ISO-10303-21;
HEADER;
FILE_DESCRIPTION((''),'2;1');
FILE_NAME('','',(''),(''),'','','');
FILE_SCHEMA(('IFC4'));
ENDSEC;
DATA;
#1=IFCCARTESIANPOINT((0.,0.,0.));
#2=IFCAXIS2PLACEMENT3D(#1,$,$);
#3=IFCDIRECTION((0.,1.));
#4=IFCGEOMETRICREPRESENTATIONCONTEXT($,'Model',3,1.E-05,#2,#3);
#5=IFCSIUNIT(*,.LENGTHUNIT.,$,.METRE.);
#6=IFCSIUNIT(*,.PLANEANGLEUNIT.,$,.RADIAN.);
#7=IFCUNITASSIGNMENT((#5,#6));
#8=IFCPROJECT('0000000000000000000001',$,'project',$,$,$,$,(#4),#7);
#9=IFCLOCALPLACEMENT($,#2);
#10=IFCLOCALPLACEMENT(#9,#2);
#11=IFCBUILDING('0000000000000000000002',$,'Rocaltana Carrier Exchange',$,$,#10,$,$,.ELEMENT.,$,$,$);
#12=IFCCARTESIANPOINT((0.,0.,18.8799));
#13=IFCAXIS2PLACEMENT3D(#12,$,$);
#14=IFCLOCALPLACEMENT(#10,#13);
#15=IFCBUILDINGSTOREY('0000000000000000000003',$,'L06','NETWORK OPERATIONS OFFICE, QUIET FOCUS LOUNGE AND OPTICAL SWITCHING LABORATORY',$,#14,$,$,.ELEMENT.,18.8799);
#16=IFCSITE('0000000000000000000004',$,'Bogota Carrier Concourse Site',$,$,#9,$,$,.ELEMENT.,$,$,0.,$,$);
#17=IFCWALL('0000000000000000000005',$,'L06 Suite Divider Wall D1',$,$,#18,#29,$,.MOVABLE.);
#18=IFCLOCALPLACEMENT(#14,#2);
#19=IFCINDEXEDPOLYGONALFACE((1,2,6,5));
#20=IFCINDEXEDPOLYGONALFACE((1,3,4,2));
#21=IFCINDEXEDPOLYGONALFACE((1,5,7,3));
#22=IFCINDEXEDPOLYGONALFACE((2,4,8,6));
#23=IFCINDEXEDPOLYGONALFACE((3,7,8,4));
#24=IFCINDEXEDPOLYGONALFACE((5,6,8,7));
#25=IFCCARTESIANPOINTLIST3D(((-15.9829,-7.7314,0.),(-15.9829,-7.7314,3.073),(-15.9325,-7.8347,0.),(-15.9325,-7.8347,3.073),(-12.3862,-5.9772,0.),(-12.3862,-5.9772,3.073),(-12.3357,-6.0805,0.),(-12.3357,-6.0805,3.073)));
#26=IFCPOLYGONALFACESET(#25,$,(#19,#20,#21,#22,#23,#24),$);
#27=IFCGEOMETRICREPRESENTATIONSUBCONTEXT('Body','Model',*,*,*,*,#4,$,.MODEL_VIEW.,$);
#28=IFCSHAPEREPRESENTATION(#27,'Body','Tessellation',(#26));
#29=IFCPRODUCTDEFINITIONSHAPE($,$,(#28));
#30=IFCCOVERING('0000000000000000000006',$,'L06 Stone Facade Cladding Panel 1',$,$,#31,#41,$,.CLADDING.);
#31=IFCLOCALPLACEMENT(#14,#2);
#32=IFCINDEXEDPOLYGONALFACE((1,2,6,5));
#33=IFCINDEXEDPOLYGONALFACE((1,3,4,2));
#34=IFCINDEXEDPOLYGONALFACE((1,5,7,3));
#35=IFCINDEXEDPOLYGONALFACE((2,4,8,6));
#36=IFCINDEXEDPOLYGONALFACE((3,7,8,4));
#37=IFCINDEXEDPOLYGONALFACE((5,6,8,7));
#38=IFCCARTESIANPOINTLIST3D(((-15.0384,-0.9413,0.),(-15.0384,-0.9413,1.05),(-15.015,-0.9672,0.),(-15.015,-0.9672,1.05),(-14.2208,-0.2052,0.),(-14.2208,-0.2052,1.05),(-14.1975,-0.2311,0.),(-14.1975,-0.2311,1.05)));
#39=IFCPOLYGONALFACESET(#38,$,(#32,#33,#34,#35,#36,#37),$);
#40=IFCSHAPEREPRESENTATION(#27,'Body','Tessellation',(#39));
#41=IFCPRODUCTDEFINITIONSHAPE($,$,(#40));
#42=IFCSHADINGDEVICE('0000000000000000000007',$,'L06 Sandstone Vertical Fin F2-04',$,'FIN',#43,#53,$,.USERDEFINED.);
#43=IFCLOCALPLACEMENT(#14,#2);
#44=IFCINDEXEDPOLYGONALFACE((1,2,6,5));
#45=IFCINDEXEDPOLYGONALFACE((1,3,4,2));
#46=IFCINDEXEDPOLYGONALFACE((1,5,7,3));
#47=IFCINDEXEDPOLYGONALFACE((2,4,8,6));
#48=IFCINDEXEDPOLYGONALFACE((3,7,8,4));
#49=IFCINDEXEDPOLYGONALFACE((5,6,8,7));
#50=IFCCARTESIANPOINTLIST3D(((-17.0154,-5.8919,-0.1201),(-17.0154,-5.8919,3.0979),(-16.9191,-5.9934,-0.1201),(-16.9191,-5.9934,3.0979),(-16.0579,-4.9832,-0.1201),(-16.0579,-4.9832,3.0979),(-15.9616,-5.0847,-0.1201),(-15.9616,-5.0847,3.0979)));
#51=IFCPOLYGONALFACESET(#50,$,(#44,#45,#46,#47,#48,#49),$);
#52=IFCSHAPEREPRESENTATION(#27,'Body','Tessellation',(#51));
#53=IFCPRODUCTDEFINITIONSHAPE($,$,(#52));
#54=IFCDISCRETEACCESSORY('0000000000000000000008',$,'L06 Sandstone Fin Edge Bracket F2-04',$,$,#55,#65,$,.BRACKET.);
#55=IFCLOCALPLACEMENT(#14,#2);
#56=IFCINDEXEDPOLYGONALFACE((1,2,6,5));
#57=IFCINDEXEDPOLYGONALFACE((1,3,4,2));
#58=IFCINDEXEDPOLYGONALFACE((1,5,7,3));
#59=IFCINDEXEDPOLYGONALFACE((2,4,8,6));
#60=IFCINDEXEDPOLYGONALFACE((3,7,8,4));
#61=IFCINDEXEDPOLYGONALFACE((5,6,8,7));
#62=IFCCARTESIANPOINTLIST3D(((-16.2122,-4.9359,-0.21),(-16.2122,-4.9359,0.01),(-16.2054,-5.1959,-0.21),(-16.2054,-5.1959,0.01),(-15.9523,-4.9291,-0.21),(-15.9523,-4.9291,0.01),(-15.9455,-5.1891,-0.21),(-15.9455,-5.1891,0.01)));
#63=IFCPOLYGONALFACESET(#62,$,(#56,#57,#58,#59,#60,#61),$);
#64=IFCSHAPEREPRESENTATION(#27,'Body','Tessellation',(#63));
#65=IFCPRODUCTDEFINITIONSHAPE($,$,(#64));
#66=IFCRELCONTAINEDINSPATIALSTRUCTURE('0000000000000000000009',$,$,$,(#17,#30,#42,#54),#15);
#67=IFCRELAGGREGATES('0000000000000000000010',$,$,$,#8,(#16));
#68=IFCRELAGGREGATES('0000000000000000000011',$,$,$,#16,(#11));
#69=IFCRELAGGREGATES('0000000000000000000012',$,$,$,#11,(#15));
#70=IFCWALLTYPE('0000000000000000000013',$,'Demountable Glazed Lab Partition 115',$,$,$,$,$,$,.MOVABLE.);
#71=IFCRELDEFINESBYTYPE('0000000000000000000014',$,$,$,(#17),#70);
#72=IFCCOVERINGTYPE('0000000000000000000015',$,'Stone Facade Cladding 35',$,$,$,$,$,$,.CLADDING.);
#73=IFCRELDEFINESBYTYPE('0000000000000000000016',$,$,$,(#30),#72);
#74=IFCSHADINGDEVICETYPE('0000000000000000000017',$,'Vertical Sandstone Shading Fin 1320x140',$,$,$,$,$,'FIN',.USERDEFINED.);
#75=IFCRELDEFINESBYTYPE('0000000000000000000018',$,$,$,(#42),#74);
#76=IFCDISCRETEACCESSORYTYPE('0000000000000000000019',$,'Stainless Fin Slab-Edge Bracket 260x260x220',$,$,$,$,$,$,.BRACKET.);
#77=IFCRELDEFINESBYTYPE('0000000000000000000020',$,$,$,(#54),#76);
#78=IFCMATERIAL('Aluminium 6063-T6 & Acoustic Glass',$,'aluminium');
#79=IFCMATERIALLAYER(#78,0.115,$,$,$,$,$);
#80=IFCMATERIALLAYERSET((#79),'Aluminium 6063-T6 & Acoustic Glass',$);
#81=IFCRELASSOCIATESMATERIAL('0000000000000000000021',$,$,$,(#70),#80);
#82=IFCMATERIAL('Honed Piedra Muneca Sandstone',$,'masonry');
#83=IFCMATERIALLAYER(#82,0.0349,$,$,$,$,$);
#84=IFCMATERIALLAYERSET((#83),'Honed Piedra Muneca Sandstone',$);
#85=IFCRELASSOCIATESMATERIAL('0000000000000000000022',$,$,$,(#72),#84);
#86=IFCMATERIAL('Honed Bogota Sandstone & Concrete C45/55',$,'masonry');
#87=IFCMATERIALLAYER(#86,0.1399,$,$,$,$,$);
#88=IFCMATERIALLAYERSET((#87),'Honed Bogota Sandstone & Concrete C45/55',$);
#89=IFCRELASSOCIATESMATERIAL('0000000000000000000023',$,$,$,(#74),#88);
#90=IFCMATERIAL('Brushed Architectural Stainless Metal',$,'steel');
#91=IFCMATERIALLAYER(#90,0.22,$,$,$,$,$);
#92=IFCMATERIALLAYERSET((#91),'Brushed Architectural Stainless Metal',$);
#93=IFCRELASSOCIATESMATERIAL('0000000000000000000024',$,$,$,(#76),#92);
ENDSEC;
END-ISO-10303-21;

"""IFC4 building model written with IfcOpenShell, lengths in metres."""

from ifc_helpers import new_model, si_unit, direction, frame, frame_2d, origin, origin_2d, place, context, subcontext, project, spatial, rectangle, extrude, material, layer, layer_set, type_object, element, save


model = new_model("IFC4")

# Units and contexts
model_context = context("Model", 3, precision=1e-05, world=origin(), true_north=direction((0.0, 1.0)))
body_context = subcontext(model_context, "Body", "Model", "MODEL_VIEW")
ifc_project = project(units=[si_unit("LENGTHUNIT", "METRE"), si_unit("PLANEANGLEUNIT", "RADIAN")], contexts=[model_context])

# Site, building, storey
site_placement = place(None, origin())
site = spatial("IfcSite", under=ifc_project, at=site_placement, Name="Bogota Carrier Concourse Site", CompositionType="ELEMENT", RefElevation=0.0)
building_placement = place(site_placement, origin())
building = spatial("IfcBuilding", under=site, at=building_placement, Name="Rocaltana Carrier Exchange", CompositionType="ELEMENT")
storey_placement = place(building_placement, frame((0.0, 0.0, 18.8799)))
storey = spatial("IfcBuildingStorey", under=building, at=storey_placement, Name="L06", Description="NETWORK OPERATIONS OFFICE, QUIET FOCUS LOUNGE AND OPTICAL SWITCHING LABORATORY", CompositionType="ELEMENT", Elevation=18.8799)

# Wall
ifc_material_1 = material(Name="Aluminium 6063-T6 & Acoustic Glass", Category="aluminium")
ifc_layer_1 = layer(ifc_material_1, 0.115)
ifc_layer_set_1 = layer_set([ifc_layer_1], Name="Aluminium 6063-T6 & Acoustic Glass")
wall_type_1 = type_object("IfcWallType", Name="Demountable Glazed Lab Partition 115", PredefinedType="MOVABLE", material=ifc_layer_set_1)
wall_1_placement = place(storey_placement, frame((-12.3608, -6.0288, 0.0), z_axis=(0.0, 0.0, 1.0), x_axis=(-0.898801, -0.438358, 0.0)))
element("IfcWall", 1, at=wall_1_placement, inside=storey, type_object=wall_type_1, Name="L06 Suite Divider Wall D1", PredefinedType="MOVABLE", context=body_context, shape_type="SweptSolid", body=[
    extrude(rectangle(XDim=4.0017, YDim=0.115, at=frame_2d((2.001, 0.0))), origin(), (0.0, 0.0, 1.0), 3.073),
])

# Covering
ifc_material_2 = material(Name="Honed Piedra Muneca Sandstone", Category="masonry")
ifc_layer_2 = layer(ifc_material_2, 0.0349)
ifc_layer_set_2 = layer_set([ifc_layer_2], Name="Honed Piedra Muneca Sandstone")
covering_type = type_object("IfcCoveringType", Name="Stone Facade Cladding 35", PredefinedType="CLADDING", material=ifc_layer_set_2)
covering_placement = place(storey_placement, frame((-14.6179, -0.5862, 0.0), z_axis=(0.0, 0.0, 1.0), x_axis=(0.743145, 0.669131, 0.0)))
element("IfcCovering", 2, at=covering_placement, inside=storey, type_object=covering_type, Name="L06 Stone Facade Cladding Panel 1", PredefinedType="CLADDING", context=body_context, shape_type="SweptSolid", body=[
    extrude(rectangle(XDim=1.1001, YDim=0.0349, at=origin_2d()), origin(), (0.0, 0.0, 1.0), 1.05),
])

# Shading device
ifc_material_3 = material(Name="Honed Bogota Sandstone & Concrete C45/55", Category="masonry")
ifc_layer_3 = layer(ifc_material_3, 0.1399)
ifc_layer_set_3 = layer_set([ifc_layer_3], Name="Honed Bogota Sandstone & Concrete C45/55")
shading_device_type = type_object("IfcShadingDeviceType", Name="Vertical Sandstone Shading Fin 1320x140", ElementType="FIN", PredefinedType="USERDEFINED", material=ifc_layer_set_3)
shading_device_placement = place(storey_placement, frame((-16.4885, -5.4883, -0.1201), z_axis=(0.0, 0.0, 1.0), x_axis=(-0.725374, -0.688355, 0.0)))
element("IfcShadingDevice", 3, at=shading_device_placement, inside=storey, type_object=shading_device_type, Name="L06 Sandstone Vertical Fin F2-04", ObjectType="FIN", PredefinedType="USERDEFINED", context=body_context, shape_type="SweptSolid", body=[
    extrude(rectangle(XDim=1.3201, YDim=0.1399, at=origin_2d()), origin(), (0.0, 0.0, 1.0), 3.218),
])

# Discrete accessory
ifc_material_4 = material(Name="Brushed Architectural Stainless Metal", Category="steel")
ifc_layer_4 = layer(ifc_material_4, 0.22)
ifc_layer_set_4 = layer_set([ifc_layer_4], Name="Brushed Architectural Stainless Metal")
discrete_accessory_type = type_object("IfcDiscreteAccessoryType", Name="Stainless Fin Slab-Edge Bracket 260x260x220", PredefinedType="BRACKET", material=ifc_layer_set_4)
discrete_accessory_placement = place(storey_placement, frame((-16.0789, -5.0625, -0.21), z_axis=(0.0, 0.0, 1.0), x_axis=(0.026177, -0.999657, 0.0)))
element("IfcDiscreteAccessory", 4, at=discrete_accessory_placement, inside=storey, type_object=discrete_accessory_type, Name="L06 Sandstone Fin Edge Bracket F2-04", PredefinedType="BRACKET", context=body_context, shape_type="SweptSolid", body=[
    extrude(rectangle(XDim=0.26, YDim=0.26, at=origin_2d()), origin(), (0.0, 0.0, 1.0), 0.22),
])

save(model, "model.ifc")
